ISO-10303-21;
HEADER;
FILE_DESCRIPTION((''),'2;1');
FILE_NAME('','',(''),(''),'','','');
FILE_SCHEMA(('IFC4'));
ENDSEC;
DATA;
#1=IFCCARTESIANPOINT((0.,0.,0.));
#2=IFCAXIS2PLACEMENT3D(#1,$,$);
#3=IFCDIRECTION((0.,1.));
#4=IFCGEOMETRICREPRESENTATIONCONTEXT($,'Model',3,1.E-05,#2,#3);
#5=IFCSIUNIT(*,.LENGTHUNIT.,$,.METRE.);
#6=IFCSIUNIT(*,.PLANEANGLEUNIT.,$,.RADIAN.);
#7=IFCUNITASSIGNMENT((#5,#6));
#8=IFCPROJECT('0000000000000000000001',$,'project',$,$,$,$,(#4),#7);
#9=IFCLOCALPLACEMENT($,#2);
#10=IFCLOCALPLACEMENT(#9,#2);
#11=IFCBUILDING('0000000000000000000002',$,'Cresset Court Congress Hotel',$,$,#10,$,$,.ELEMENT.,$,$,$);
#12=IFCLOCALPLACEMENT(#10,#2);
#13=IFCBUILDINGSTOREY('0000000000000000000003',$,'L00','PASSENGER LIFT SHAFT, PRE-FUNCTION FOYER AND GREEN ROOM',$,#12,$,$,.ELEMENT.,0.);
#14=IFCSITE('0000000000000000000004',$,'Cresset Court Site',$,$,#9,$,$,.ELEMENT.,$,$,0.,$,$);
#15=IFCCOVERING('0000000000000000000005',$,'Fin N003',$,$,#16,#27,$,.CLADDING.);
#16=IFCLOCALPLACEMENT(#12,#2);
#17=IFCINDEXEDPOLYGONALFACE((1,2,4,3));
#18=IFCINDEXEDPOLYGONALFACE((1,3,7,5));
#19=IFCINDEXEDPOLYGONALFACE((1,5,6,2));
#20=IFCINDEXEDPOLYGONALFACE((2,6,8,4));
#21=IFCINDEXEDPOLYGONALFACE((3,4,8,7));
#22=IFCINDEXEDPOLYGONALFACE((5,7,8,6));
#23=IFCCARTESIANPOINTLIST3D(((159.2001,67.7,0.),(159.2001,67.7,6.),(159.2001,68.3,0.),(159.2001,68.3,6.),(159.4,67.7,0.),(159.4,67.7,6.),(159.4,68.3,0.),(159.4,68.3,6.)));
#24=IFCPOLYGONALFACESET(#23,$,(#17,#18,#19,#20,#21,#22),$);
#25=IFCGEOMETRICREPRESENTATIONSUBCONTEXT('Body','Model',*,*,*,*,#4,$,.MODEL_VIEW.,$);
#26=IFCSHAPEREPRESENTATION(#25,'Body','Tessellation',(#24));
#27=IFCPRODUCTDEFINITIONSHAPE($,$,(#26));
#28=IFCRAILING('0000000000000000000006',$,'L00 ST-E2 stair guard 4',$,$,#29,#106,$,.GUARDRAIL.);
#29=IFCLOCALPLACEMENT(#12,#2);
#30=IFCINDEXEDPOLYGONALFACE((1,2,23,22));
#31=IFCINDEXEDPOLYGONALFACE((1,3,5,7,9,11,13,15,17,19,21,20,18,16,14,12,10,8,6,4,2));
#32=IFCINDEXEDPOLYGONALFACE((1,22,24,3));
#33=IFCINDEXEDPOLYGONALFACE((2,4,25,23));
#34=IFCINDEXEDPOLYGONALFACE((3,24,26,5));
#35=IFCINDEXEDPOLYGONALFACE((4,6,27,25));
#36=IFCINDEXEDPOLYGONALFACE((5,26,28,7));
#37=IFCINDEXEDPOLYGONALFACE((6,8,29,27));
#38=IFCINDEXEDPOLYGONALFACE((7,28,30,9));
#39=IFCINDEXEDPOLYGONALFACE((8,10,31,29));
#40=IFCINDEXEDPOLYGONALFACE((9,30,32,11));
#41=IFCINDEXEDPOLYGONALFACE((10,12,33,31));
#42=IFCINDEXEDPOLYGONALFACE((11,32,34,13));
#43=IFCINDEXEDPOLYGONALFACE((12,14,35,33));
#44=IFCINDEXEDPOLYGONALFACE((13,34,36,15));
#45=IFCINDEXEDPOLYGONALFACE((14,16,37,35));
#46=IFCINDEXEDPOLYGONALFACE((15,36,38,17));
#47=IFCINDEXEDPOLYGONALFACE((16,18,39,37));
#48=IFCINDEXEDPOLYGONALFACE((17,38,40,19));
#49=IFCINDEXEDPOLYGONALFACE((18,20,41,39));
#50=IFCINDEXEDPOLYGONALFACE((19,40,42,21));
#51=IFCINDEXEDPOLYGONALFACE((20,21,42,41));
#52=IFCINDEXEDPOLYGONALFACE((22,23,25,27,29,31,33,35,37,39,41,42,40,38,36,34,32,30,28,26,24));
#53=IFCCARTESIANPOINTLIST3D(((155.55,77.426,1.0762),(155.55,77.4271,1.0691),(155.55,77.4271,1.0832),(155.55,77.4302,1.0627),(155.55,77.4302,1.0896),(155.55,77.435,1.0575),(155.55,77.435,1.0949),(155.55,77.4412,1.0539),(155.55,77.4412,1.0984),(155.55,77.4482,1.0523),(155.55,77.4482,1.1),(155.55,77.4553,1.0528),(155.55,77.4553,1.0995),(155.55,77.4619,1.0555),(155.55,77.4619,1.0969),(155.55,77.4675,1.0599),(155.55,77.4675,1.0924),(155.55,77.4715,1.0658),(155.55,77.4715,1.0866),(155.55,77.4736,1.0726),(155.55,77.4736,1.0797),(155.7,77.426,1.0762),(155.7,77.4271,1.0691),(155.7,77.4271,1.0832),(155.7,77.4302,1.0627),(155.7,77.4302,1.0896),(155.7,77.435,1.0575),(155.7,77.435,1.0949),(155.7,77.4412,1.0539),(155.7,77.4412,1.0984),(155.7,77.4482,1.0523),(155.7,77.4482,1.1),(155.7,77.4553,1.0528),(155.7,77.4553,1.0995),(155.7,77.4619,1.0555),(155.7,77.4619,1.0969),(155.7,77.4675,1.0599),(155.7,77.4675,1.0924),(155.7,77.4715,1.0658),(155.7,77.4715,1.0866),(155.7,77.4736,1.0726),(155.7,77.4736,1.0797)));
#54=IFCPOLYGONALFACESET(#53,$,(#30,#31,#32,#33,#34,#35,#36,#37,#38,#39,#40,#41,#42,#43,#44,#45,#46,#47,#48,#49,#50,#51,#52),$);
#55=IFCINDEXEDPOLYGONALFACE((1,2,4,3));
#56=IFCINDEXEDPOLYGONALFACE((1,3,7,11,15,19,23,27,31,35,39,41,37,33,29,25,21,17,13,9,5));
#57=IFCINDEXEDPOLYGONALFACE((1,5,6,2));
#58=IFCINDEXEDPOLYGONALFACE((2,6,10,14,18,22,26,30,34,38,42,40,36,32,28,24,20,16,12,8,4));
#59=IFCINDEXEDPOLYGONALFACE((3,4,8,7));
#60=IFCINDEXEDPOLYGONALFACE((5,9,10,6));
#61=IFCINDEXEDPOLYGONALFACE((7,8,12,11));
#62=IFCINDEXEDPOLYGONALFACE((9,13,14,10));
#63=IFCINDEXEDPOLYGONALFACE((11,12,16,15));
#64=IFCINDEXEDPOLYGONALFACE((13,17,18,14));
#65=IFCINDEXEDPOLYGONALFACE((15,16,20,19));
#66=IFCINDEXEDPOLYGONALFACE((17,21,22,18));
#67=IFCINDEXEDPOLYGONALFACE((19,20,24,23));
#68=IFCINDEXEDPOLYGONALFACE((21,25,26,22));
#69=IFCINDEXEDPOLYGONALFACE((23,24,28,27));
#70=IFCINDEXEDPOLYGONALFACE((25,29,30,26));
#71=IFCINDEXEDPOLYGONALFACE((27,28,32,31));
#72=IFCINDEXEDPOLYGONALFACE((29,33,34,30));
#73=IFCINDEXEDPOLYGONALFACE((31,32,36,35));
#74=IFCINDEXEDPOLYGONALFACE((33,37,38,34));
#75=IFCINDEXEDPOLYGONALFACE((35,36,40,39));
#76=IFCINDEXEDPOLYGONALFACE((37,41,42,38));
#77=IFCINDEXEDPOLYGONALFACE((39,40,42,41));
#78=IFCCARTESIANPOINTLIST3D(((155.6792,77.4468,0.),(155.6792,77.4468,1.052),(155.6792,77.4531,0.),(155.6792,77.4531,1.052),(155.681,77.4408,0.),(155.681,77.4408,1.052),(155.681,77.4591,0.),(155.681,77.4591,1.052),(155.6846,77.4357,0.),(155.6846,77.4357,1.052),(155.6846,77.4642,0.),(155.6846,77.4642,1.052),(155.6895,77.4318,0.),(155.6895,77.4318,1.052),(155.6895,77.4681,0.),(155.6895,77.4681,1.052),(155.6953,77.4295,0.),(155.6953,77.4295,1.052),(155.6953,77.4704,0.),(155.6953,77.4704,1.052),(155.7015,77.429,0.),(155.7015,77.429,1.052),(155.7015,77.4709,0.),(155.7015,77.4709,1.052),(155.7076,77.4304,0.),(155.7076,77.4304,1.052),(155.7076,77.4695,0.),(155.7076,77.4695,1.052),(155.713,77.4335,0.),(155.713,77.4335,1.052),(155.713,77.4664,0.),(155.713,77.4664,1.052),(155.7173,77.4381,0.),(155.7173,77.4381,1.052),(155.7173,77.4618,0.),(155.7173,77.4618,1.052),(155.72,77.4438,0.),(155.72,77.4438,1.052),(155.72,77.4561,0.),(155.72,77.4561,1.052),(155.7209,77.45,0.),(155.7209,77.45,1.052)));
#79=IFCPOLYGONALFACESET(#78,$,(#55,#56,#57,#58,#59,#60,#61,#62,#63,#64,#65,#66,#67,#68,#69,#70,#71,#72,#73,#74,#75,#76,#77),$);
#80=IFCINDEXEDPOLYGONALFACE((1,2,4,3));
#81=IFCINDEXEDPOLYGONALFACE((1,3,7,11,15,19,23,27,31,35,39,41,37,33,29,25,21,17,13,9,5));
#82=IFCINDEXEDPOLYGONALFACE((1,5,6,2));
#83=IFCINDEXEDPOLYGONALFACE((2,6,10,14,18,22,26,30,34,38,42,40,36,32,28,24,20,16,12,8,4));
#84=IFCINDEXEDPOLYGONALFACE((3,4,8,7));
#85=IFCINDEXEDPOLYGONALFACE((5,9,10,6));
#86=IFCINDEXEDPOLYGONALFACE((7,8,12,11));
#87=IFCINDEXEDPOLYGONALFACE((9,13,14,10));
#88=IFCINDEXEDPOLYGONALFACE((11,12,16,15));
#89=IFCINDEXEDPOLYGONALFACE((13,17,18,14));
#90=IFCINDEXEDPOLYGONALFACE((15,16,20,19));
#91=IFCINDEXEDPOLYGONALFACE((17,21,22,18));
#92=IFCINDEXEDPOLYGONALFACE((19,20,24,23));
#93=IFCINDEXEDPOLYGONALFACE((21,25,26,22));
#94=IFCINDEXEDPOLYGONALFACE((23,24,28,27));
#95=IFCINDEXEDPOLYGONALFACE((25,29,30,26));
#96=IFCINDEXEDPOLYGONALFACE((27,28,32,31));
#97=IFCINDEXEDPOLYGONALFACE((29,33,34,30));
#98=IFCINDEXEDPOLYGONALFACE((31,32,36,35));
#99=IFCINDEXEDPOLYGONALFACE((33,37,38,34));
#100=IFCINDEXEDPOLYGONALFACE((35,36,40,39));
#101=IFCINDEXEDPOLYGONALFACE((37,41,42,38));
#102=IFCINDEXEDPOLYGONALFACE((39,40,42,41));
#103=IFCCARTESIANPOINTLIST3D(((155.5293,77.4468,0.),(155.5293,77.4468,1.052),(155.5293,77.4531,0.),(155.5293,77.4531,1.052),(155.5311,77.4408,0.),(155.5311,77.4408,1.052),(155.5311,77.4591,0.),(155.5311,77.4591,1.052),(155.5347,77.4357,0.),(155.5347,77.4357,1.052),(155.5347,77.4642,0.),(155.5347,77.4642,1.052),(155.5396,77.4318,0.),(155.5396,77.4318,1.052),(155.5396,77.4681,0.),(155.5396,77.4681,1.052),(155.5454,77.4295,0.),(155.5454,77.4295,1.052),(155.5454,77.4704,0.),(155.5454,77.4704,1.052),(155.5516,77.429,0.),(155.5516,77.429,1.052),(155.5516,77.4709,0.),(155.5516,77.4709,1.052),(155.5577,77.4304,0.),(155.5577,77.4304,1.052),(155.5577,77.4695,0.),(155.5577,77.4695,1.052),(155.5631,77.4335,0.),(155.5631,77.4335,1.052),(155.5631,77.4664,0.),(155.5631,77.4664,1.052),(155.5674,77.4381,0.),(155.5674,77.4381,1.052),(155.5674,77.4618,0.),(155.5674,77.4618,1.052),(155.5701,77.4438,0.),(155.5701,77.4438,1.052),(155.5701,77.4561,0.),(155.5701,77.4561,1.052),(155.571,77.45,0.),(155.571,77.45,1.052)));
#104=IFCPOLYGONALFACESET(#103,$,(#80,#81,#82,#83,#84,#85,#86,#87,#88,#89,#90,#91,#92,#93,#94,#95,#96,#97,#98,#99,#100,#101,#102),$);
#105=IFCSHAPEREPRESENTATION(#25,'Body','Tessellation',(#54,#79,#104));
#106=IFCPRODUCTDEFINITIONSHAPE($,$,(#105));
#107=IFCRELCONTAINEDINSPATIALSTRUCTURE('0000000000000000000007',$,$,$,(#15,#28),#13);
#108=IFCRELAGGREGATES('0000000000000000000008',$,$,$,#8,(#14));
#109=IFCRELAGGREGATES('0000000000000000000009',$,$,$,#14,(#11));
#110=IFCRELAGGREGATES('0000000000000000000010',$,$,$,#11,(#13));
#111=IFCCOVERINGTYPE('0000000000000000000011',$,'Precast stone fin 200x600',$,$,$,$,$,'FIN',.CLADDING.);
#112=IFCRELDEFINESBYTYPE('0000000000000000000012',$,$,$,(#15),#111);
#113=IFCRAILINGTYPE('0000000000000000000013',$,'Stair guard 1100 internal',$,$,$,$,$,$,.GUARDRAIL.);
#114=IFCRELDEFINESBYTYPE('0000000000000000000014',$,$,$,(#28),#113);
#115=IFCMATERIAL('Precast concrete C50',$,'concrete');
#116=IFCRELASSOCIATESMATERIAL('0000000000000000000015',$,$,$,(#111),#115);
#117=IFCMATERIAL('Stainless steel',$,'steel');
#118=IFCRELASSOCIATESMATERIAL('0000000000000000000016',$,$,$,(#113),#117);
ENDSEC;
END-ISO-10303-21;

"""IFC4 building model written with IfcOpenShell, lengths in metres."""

from ifc_helpers import new_model, si_unit, direction, frame, origin, origin_2d, place, context, subcontext, project, spatial, rectangle, circle, extrude, material, type_object, element, save


model = new_model("IFC4")

# Units and contexts
model_context = context("Model", 3, precision=1e-05, world=origin(), true_north=direction((0.0, 1.0)))
body_context = subcontext(model_context, "Body", "Model", "MODEL_VIEW")
ifc_project = project(units=[si_unit("LENGTHUNIT", "METRE"), si_unit("PLANEANGLEUNIT", "RADIAN")], contexts=[model_context])

# Site, building, storey
site_placement = place(None, origin())
site = spatial("IfcSite", under=ifc_project, at=site_placement, Name="Cresset Court Site", CompositionType="ELEMENT", RefElevation=0.0)
building_placement = place(site_placement, origin())
building = spatial("IfcBuilding", under=site, at=building_placement, Name="Cresset Court Congress Hotel", CompositionType="ELEMENT")
storey_placement = place(building_placement, origin())
storey = spatial("IfcBuildingStorey", under=building, at=storey_placement, Name="L00", Description="PASSENGER LIFT SHAFT, PRE-FUNCTION FOYER AND GREEN ROOM", CompositionType="ELEMENT", Elevation=0.0)

# Covering
ifc_material_1 = material(Name="Precast concrete C50", Category="concrete")
covering_type_1 = type_object("IfcCoveringType", Name="Precast stone fin 200x600", ElementType="FIN", PredefinedType="CLADDING", material=ifc_material_1)
for number, where, z_axis, x_axis, name in (
    (1, (159.3, 68.0, 0.0), (0.0, 0.0, 1.0), (1.0, 0.0, 0.0), "Fin N003"),
):
    element("IfcCovering", number, at=place(storey_placement, frame(where, z_axis=z_axis, x_axis=x_axis)), inside=storey, type_object=covering_type_1, Name=name, PredefinedType="CLADDING", context=body_context, shape_type="SweptSolid", body=[
        extrude(rectangle(XDim=0.2, YDim=0.6001, at=origin_2d()), origin(), (0.0, 0.0, 1.0), 6.0),
    ])

# Railing
ifc_material_2 = material(Name="Stainless steel", Category="steel")
railing_type = type_object("IfcRailingType", Name="Stair guard 1100 internal", PredefinedType="GUARDRAIL", material=ifc_material_2)
railing_1_placement = place(storey_placement, frame((155.7, 77.45, 0.0)))
element("IfcRailing", 2, at=railing_1_placement, inside=storey, type_object=railing_type, Name="L00 ST-E2 stair guard 4", PredefinedType="GUARDRAIL", context=body_context, shape_type="SweptSolid", body=[
    extrude(circle(Radius=0.0239, at=origin_2d()), frame((0.0, 0.0, 1.0762), z_axis=(-1.0, 0.0, 0.0), x_axis=(0.0, -1.0, 0.0)), (0.0, 0.0, 1.0), 0.1499),
    extrude(circle(Radius=0.021, at=origin_2d()), origin(), (0.0, 0.0, 1.0), 1.052),
    extrude(circle(Radius=0.021, at=origin_2d()), frame((-0.1499, 0.0, 0.0)), (0.0, 0.0, 1.0), 1.052),
])

save(model, "model.ifc")
